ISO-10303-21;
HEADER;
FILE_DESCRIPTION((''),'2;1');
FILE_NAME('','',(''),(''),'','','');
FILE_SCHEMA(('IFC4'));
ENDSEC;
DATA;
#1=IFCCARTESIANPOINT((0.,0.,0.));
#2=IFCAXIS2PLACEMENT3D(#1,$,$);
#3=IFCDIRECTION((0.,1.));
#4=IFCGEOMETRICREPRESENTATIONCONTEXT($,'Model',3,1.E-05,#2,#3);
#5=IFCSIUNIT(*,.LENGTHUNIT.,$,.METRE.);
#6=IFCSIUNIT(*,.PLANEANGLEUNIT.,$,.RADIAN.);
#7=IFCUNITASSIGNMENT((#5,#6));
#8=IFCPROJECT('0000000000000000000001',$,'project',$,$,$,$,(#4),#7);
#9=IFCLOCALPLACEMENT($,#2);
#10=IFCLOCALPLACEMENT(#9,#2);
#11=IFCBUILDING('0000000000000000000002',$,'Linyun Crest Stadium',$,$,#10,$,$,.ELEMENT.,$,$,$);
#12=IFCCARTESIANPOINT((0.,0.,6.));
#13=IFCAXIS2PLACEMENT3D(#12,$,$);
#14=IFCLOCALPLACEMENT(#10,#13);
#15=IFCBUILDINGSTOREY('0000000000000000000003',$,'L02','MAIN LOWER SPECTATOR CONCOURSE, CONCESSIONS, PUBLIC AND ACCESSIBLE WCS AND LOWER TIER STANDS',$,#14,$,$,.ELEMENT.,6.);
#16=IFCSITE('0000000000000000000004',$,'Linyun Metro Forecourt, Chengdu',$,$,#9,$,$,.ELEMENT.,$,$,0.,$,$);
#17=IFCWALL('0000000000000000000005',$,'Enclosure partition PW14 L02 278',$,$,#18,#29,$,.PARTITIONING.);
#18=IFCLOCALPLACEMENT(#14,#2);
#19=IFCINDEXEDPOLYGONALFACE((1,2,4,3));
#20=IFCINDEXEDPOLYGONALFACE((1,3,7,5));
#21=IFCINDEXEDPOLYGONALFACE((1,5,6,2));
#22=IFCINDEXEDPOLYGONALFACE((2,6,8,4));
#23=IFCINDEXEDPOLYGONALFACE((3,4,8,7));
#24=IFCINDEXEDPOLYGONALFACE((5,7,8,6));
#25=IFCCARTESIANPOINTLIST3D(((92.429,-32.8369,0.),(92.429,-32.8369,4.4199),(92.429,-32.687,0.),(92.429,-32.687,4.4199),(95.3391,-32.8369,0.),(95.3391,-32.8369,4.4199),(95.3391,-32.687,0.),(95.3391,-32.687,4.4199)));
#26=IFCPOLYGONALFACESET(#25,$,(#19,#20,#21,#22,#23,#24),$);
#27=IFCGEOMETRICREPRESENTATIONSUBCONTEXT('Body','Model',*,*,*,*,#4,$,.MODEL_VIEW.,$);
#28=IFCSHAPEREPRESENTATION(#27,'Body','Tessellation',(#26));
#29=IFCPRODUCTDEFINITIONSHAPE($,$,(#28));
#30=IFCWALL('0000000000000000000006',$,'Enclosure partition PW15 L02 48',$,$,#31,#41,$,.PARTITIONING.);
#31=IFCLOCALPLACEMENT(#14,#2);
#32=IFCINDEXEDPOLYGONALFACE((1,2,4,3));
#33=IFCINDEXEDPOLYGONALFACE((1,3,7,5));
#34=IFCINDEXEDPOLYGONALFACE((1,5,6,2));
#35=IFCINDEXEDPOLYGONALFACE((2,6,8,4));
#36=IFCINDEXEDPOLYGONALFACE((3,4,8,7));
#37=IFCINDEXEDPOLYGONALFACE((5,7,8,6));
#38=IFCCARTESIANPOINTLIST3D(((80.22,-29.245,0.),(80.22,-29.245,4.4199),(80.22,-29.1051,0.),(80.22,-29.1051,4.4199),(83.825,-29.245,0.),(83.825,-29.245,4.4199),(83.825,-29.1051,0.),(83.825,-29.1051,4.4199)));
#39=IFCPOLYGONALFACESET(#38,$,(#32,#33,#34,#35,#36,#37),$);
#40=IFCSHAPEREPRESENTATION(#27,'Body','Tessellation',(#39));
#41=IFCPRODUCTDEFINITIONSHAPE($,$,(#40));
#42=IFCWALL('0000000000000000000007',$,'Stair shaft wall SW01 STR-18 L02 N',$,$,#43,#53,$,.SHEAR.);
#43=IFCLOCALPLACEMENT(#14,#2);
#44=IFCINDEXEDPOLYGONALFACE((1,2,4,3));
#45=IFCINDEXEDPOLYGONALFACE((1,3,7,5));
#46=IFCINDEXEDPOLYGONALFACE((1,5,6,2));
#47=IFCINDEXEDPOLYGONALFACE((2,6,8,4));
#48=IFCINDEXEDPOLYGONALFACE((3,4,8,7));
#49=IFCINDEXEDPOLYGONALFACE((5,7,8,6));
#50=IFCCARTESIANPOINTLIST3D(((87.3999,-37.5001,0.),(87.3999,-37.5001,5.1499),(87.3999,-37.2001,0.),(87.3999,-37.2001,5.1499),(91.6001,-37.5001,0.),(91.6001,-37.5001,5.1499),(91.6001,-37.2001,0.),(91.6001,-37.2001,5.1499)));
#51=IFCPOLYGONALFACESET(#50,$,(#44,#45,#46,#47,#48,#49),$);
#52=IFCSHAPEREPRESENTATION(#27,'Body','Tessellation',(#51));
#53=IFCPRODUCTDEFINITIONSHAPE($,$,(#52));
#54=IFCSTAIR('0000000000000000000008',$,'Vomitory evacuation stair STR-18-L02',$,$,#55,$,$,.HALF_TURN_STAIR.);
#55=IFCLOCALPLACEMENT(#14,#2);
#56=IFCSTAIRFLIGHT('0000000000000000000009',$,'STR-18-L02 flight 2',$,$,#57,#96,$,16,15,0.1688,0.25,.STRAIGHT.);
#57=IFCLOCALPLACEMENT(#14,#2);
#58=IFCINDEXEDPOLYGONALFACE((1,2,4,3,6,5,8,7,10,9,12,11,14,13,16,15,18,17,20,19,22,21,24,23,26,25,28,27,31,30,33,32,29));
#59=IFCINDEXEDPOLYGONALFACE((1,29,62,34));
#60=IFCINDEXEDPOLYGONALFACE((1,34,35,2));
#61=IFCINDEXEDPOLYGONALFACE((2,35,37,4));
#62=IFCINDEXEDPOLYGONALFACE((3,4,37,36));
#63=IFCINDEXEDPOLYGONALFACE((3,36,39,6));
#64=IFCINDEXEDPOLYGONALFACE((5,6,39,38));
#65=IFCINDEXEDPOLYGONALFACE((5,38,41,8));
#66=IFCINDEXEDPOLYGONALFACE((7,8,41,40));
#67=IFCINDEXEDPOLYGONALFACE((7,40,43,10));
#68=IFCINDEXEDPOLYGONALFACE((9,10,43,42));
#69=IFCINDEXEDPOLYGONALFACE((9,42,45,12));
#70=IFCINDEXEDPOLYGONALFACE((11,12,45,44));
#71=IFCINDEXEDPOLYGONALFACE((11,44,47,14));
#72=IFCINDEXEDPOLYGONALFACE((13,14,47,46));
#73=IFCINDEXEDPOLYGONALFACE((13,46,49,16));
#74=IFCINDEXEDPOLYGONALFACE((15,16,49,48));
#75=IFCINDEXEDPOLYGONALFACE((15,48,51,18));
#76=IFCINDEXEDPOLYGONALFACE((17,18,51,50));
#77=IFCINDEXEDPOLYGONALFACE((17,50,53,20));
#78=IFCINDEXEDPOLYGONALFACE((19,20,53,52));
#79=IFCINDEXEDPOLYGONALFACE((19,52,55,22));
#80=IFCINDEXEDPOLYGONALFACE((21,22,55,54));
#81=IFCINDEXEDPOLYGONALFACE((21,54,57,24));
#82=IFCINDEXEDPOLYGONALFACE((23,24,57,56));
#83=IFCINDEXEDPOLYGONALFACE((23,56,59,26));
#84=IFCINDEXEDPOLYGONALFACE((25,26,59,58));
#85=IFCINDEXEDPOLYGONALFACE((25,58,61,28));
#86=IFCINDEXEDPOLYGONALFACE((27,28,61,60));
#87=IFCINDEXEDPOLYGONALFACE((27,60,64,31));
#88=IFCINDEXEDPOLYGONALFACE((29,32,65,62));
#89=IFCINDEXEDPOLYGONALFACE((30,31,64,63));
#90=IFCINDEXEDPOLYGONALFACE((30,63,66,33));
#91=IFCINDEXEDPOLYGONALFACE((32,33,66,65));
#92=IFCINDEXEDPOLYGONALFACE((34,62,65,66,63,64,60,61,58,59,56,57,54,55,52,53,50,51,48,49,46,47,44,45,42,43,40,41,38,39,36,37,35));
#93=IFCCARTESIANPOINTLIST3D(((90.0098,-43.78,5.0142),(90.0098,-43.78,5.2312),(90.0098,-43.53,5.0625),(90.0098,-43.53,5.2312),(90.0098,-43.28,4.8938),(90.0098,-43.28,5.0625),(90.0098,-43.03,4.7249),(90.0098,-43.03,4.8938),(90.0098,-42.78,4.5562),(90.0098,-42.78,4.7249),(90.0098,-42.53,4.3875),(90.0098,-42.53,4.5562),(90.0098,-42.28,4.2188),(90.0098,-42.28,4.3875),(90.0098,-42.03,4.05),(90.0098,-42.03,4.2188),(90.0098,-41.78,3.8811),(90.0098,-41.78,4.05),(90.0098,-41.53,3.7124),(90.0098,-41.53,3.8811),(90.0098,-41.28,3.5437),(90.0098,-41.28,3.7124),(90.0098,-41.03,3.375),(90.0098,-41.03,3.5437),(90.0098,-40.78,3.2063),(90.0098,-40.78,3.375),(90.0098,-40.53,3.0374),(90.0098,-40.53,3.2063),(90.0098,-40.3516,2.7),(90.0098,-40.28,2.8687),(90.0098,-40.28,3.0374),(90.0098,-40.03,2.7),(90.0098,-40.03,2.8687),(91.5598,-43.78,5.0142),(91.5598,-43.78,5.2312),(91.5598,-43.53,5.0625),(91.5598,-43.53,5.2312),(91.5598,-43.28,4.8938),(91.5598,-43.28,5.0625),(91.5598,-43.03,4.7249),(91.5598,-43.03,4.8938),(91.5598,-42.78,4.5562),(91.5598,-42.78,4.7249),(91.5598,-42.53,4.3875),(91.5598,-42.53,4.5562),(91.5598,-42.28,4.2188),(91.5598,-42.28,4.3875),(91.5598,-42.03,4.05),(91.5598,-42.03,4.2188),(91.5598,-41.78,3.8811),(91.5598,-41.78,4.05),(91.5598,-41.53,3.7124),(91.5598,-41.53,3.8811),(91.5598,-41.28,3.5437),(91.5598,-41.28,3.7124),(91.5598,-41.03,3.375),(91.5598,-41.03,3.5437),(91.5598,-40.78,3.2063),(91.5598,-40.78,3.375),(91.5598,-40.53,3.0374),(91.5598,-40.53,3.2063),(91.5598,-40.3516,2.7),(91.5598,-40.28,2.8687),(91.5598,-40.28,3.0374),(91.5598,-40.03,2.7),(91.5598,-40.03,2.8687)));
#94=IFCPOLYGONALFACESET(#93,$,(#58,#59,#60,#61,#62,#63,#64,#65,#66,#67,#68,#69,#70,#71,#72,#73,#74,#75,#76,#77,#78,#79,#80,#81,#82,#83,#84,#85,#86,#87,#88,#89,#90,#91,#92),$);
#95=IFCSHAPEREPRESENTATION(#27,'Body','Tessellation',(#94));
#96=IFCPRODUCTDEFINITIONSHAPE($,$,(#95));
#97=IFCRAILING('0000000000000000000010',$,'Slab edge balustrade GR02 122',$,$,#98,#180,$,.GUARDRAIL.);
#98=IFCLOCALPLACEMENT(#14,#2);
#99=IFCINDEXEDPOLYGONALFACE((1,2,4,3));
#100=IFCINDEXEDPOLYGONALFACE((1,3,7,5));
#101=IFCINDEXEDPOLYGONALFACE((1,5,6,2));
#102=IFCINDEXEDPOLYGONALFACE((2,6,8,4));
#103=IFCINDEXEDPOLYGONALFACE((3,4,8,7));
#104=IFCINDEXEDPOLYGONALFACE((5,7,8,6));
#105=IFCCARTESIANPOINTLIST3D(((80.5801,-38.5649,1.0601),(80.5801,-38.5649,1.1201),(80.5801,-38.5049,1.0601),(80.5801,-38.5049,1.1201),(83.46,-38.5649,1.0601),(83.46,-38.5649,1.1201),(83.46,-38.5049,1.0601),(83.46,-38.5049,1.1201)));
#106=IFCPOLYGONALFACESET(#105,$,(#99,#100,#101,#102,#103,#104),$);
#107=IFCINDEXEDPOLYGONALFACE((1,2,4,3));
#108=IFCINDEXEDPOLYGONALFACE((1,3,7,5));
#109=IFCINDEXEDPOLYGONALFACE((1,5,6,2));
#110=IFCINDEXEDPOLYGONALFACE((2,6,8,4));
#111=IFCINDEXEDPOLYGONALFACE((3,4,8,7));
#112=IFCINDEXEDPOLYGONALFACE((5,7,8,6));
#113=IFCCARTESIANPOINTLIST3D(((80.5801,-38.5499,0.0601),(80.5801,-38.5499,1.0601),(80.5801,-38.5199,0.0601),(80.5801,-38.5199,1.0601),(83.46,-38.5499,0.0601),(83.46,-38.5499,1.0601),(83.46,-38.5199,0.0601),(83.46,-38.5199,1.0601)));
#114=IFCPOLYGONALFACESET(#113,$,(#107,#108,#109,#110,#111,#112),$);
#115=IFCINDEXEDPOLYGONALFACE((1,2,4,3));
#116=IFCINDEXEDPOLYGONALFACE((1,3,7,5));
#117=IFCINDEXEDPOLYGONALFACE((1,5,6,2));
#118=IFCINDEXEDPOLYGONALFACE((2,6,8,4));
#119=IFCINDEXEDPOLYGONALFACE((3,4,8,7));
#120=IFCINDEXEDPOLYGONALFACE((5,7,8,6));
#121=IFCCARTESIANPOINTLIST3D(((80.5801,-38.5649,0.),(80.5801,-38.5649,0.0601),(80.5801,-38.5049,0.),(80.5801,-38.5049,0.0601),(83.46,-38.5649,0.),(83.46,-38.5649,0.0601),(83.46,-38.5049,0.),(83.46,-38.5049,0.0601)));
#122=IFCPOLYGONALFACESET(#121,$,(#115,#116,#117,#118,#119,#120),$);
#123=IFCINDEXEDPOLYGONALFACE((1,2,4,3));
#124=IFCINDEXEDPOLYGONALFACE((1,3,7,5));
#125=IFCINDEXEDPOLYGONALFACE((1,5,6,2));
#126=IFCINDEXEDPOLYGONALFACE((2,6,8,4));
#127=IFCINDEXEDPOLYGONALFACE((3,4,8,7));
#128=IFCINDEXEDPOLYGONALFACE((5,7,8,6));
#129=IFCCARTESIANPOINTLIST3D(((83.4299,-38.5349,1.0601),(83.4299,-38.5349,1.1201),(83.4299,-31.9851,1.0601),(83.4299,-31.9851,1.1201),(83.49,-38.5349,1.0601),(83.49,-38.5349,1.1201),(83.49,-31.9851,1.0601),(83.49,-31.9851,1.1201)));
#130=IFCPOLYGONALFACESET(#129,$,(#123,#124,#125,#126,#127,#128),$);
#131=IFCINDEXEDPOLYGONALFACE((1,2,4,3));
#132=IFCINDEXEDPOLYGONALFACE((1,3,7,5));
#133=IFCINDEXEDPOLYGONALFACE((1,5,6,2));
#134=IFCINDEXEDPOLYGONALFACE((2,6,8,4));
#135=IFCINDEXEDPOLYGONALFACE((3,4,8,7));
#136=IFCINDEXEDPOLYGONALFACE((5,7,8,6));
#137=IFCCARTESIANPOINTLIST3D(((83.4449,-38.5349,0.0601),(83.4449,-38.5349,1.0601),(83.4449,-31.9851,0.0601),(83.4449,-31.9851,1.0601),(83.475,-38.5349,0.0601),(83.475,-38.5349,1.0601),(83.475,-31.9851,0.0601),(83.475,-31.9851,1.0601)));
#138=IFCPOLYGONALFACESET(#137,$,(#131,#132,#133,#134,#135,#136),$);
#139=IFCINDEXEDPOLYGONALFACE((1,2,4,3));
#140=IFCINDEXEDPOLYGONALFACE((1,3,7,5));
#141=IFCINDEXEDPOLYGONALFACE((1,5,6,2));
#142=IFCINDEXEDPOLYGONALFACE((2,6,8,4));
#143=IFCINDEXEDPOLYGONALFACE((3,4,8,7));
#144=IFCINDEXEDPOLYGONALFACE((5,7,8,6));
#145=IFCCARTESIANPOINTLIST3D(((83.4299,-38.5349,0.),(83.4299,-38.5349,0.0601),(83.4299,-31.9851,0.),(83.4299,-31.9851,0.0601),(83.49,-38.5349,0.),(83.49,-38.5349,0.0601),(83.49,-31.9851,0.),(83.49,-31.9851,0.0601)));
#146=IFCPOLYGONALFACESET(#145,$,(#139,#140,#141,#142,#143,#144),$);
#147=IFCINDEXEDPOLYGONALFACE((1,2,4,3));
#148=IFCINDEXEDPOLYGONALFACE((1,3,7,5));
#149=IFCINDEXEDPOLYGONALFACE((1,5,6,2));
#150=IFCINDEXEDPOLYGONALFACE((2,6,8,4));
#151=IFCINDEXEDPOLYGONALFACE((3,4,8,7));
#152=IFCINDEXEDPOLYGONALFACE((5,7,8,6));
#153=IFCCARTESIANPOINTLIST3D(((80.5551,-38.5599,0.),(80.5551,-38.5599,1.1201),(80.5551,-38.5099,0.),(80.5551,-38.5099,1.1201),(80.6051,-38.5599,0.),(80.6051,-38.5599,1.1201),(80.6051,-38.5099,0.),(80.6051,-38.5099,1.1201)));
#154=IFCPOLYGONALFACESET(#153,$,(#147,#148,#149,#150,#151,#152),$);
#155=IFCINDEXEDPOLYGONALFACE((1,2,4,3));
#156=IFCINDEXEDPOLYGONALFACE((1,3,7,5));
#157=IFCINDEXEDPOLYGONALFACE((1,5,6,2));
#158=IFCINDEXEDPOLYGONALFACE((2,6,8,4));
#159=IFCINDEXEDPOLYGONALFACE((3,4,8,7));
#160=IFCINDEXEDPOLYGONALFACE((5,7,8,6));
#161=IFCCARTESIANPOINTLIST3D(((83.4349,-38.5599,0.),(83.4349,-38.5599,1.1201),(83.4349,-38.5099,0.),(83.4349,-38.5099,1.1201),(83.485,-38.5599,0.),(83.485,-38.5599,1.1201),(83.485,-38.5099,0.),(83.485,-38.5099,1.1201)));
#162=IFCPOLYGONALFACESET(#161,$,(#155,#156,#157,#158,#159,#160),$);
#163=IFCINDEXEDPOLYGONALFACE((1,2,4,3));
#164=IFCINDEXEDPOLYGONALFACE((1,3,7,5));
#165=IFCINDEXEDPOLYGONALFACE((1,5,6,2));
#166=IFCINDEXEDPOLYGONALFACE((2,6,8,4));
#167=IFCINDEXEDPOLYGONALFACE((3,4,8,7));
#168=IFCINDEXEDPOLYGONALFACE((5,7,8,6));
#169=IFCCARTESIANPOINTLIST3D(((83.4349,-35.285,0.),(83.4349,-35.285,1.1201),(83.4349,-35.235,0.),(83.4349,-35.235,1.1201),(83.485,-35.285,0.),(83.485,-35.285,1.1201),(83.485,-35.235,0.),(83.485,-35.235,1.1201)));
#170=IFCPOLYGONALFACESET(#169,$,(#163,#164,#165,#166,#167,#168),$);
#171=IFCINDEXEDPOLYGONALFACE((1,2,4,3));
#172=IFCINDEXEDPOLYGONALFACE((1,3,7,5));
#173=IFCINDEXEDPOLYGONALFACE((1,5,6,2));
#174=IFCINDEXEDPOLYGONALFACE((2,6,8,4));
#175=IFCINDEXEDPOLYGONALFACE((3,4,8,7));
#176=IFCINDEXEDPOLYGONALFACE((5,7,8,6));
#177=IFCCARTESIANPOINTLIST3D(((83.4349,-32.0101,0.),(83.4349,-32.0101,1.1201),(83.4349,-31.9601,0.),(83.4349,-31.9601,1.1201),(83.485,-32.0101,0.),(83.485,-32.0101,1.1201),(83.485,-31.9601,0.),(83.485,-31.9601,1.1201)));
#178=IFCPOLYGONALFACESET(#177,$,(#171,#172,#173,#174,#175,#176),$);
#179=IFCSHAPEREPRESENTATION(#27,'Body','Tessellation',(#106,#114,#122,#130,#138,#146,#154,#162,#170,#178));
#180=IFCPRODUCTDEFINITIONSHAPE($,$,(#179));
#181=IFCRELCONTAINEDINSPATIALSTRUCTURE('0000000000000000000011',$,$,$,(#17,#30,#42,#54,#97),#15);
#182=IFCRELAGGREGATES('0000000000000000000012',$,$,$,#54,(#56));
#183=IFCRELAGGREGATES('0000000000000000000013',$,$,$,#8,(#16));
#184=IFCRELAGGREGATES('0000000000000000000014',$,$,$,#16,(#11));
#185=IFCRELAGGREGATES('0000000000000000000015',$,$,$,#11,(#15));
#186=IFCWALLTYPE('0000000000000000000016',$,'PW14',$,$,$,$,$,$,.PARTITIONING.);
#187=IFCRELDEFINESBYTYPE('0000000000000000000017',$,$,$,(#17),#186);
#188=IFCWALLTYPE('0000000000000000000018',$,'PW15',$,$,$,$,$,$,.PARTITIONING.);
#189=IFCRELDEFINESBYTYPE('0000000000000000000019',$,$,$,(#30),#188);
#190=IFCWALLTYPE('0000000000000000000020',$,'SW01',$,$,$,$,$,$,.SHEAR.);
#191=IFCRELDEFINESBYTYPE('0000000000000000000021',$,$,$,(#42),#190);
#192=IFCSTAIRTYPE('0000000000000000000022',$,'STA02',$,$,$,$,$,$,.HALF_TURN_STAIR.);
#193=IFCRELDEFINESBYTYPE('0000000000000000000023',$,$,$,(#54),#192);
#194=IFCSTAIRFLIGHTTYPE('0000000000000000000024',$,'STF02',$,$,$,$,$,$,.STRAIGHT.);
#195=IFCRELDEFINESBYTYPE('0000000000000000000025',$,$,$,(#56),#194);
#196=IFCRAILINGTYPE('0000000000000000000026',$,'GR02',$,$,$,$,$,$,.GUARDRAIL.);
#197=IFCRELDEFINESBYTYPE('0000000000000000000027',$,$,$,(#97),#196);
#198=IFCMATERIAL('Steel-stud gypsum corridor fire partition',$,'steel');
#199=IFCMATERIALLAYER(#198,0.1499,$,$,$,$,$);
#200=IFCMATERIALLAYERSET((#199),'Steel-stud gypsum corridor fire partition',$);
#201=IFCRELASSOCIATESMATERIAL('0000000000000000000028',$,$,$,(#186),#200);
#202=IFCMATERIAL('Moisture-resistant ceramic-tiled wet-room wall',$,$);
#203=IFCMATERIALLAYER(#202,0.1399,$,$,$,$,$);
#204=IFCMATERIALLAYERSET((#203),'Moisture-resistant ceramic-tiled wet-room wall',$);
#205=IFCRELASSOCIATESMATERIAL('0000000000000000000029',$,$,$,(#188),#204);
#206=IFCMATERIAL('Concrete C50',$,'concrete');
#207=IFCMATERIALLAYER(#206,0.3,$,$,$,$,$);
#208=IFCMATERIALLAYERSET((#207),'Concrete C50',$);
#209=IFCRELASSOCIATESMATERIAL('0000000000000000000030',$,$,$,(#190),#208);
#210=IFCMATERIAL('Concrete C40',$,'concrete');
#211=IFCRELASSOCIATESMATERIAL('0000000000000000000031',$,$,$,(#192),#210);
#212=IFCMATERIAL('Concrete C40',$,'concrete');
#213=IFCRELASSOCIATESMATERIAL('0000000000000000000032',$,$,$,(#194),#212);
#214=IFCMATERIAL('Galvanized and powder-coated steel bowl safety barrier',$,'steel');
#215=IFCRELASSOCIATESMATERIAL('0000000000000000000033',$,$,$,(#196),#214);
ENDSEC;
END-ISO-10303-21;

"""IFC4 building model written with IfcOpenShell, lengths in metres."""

from ifc_helpers import new_model, si_unit, direction, frame, frame_2d, origin, origin_2d, place, context, subcontext, project, spatial, polyline, rectangle, outline, extrude, material, layer, layer_set, type_object, element, aggregate, save


model = new_model("IFC4")

# Units and contexts
model_context = context("Model", 3, precision=1e-05, world=origin(), true_north=direction((0.0, 1.0)))
body_context = subcontext(model_context, "Body", "Model", "MODEL_VIEW")
ifc_project = project(units=[si_unit("LENGTHUNIT", "METRE"), si_unit("PLANEANGLEUNIT", "RADIAN")], contexts=[model_context])

# Site, building, storey
site_placement = place(None, origin())
site = spatial("IfcSite", under=ifc_project, at=site_placement, Name="Linyun Metro Forecourt, Chengdu", CompositionType="ELEMENT", RefElevation=0.0)
building_placement = place(site_placement, origin())
building = spatial("IfcBuilding", under=site, at=building_placement, Name="Linyun Crest Stadium", CompositionType="ELEMENT")
storey_placement = place(building_placement, frame((0.0, 0.0, 6.0)))
storey = spatial("IfcBuildingStorey", under=building, at=storey_placement, Name="L02", Description="MAIN LOWER SPECTATOR CONCOURSE, CONCESSIONS, PUBLIC AND ACCESSIBLE WCS AND LOWER TIER STANDS", CompositionType="ELEMENT", Elevation=6.0)

# Shared definitions
ifc_material_1 = material(Name="Steel-stud gypsum corridor fire partition", Category="steel")
ifc_layer_1 = layer(ifc_material_1, 0.1499)
ifc_layer_set_1 = layer_set([ifc_layer_1], Name="Steel-stud gypsum corridor fire partition")
wall_type_1 = type_object("IfcWallType", Name="PW14", PredefinedType="PARTITIONING", material=ifc_layer_set_1)

# Wall
wall_1_placement = place(storey_placement, frame((92.429, -32.762, 0.0), z_axis=(0.0, 0.0, 1.0), x_axis=(1.0, 0.0, 0.0)))
element("IfcWall", 1, at=wall_1_placement, inside=storey, type_object=wall_type_1, Name="Enclosure partition PW14 L02 278", PredefinedType="PARTITIONING", context=body_context, shape_type="SweptSolid", body=[
    extrude(rectangle(XDim=2.9102, YDim=0.1499, at=frame_2d((1.4551, 0.0))), origin(), (0.0, 0.0, 1.0), 4.4199),
])

# Shared definitions
ifc_material_2 = material(Name="Moisture-resistant ceramic-tiled wet-room wall")
ifc_layer_2 = layer(ifc_material_2, 0.1399)
ifc_layer_set_2 = layer_set([ifc_layer_2], Name="Moisture-resistant ceramic-tiled wet-room wall")
wall_type_2 = type_object("IfcWallType", Name="PW15", PredefinedType="PARTITIONING", material=ifc_layer_set_2)

# Walls
wall_2_placement = place(storey_placement, frame((80.22, -29.175, 0.0), z_axis=(0.0, 0.0, 1.0), x_axis=(1.0, 0.0, 0.0)))
element("IfcWall", 2, at=wall_2_placement, inside=storey, type_object=wall_type_2, Name="Enclosure partition PW15 L02 48", PredefinedType="PARTITIONING", context=body_context, shape_type="SweptSolid", body=[
    extrude(rectangle(XDim=3.605, YDim=0.1399, at=frame_2d((1.8025, 0.0))), origin(), (0.0, 0.0, 1.0), 4.4199),
])
ifc_material_3 = material(Name="Concrete C50", Category="concrete")
ifc_layer_3 = layer(ifc_material_3, 0.3)
ifc_layer_set_3 = layer_set([ifc_layer_3], Name="Concrete C50")
wall_type_3 = type_object("IfcWallType", Name="SW01", PredefinedType="SHEAR", material=ifc_layer_set_3)
wall_3_placement = place(storey_placement, frame((87.3999, -37.3501, 0.0), z_axis=(0.0, 0.0, 1.0), x_axis=(1.0, 0.0, 0.0)))
element("IfcWall", 3, at=wall_3_placement, inside=storey, type_object=wall_type_3, Name="Stair shaft wall SW01 STR-18 L02 N", PredefinedType="SHEAR", context=body_context, shape_type="SweptSolid", body=[
    extrude(rectangle(XDim=4.2002, YDim=0.3, at=frame_2d((2.1001, 0.0))), origin(), (0.0, 0.0, 1.0), 5.1499),
])

# Stair, stair flight
ifc_material_4 = material(Name="Concrete C40", Category="concrete")
stair_type = type_object("IfcStairType", Name="STA02", PredefinedType="HALF_TURN_STAIR", material=ifc_material_4)
stair_placement = place(storey_placement, origin())
stair = element("IfcStair", 4, at=stair_placement, inside=storey, type_object=stair_type, Name="Vomitory evacuation stair STR-18-L02", PredefinedType="HALF_TURN_STAIR")
ifc_material_5 = material(Name="Concrete C40", Category="concrete")
stair_flight_type = type_object("IfcStairFlightType", Name="STF02", PredefinedType="STRAIGHT", material=ifc_material_5)
stair_flight_placement = place(storey_placement, frame((90.7849, -40.03, 2.7), z_axis=(0.0, 0.0, 1.0), x_axis=(0.0, -1.0, 0.0)))
stair_flight = element("IfcStairFlight", 5, at=stair_flight_placement, type_object=stair_flight_type, Name="STR-18-L02 flight 2", NumberOfRisers=16, NumberOfTreads=15, PredefinedType="STRAIGHT", RiserHeight=0.1688, TreadLength=0.25, context=body_context, shape_type="SweptSolid", body=[
    extrude(outline(polyline([(0.0, 0.0), (0.0, 0.1687), (0.25, 0.1687), (0.25, 0.3374), (0.5, 0.3374), (0.5, 0.5063), (0.75, 0.5063), (0.75, 0.675), (1.0, 0.675), (1.0, 0.8438), (1.25, 0.8438), (1.25, 1.0125), (1.5, 1.0125), (1.5, 1.1812), (1.75, 1.1812), (1.75, 1.3501), (2.0, 1.3501), (2.0, 1.5188), (2.25, 1.5188), (2.25, 1.6875), (2.5, 1.6875), (2.5, 1.8562), (2.75, 1.8562), (2.75, 2.0249), (3.0, 2.0249), (3.0, 2.1938), (3.25, 2.1938), (3.25, 2.3625), (3.5, 2.3625), (3.5, 2.5312), (3.75, 2.5312), (3.75, 2.7), (3.75, 2.3142), (0.3215, 0.0), (0.0, 0.0)])), frame((0.0, 0.7749, 0.0), z_axis=(0.0, -1.0, 0.0), x_axis=(1.0, 0.0, 0.0)), (0.0, 0.0, 1.0), 1.55),
])
aggregate(stair, [stair_flight])

# Railing
ifc_material_6 = material(Name="Galvanized and powder-coated steel bowl safety barrier", Category="steel")
railing_type_1 = type_object("IfcRailingType", Name="GR02", PredefinedType="GUARDRAIL", material=ifc_material_6)
railing_1_placement = place(storey_placement, frame((80.5801, -38.5349, 0.0)))
element("IfcRailing", 6, at=railing_1_placement, inside=storey, type_object=railing_type_1, Name="Slab edge balustrade GR02 122", PredefinedType="GUARDRAIL", context=body_context, shape_type="SweptSolid", body=[
    extrude(rectangle(XDim=0.0601, YDim=0.0601, at=origin_2d()), frame((0.0, 0.0, 1.0901), z_axis=(1.0, 0.0, 0.0), x_axis=(0.0, 1.0, 0.0)), (0.0, 0.0, 1.0), 2.8799),
    extrude(rectangle(XDim=0.03, YDim=1.0, at=origin_2d()), frame((0.0, 0.0, 0.5601), z_axis=(1.0, 0.0, 0.0), x_axis=(0.0, 1.0, 0.0)), (0.0, 0.0, 1.0), 2.8799),
    extrude(rectangle(XDim=0.0601, YDim=0.0601, at=origin_2d()), frame((0.0, 0.0, 0.03), z_axis=(1.0, 0.0, 0.0), x_axis=(0.0, 1.0, 0.0)), (0.0, 0.0, 1.0), 2.8799),
    extrude(rectangle(XDim=0.0601, YDim=0.0601, at=origin_2d()), frame((2.8799, 0.0, 1.0901), z_axis=(0.0, 1.0, 0.0), x_axis=(-1.0, 0.0, 0.0)), (0.0, 0.0, 1.0), 6.5498),
    extrude(rectangle(XDim=0.03, YDim=1.0, at=origin_2d()), frame((2.8799, 0.0, 0.5601), z_axis=(0.0, 1.0, 0.0), x_axis=(-1.0, 0.0, 0.0)), (0.0, 0.0, 1.0), 6.5498),
    extrude(rectangle(XDim=0.0601, YDim=0.0601, at=origin_2d()), frame((2.8799, 0.0, 0.03), z_axis=(0.0, 1.0, 0.0), x_axis=(-1.0, 0.0, 0.0)), (0.0, 0.0, 1.0), 6.5498),
    extrude(rectangle(XDim=0.05, YDim=0.05, at=origin_2d()), origin(), (0.0, 0.0, 1.0), 1.1201),
    extrude(rectangle(XDim=0.05, YDim=0.05, at=origin_2d()), frame((2.8799, 0.0, 0.0)), (0.0, 0.0, 1.0), 1.1201),
    extrude(rectangle(XDim=0.05, YDim=0.05, at=origin_2d()), frame((2.8799, 3.2749, 0.0)), (0.0, 0.0, 1.0), 1.1201),
    extrude(rectangle(XDim=0.05, YDim=0.05, at=origin_2d()), frame((2.8799, 6.5498, 0.0)), (0.0, 0.0, 1.0), 1.1201),
])

save(model, "model.ifc")
